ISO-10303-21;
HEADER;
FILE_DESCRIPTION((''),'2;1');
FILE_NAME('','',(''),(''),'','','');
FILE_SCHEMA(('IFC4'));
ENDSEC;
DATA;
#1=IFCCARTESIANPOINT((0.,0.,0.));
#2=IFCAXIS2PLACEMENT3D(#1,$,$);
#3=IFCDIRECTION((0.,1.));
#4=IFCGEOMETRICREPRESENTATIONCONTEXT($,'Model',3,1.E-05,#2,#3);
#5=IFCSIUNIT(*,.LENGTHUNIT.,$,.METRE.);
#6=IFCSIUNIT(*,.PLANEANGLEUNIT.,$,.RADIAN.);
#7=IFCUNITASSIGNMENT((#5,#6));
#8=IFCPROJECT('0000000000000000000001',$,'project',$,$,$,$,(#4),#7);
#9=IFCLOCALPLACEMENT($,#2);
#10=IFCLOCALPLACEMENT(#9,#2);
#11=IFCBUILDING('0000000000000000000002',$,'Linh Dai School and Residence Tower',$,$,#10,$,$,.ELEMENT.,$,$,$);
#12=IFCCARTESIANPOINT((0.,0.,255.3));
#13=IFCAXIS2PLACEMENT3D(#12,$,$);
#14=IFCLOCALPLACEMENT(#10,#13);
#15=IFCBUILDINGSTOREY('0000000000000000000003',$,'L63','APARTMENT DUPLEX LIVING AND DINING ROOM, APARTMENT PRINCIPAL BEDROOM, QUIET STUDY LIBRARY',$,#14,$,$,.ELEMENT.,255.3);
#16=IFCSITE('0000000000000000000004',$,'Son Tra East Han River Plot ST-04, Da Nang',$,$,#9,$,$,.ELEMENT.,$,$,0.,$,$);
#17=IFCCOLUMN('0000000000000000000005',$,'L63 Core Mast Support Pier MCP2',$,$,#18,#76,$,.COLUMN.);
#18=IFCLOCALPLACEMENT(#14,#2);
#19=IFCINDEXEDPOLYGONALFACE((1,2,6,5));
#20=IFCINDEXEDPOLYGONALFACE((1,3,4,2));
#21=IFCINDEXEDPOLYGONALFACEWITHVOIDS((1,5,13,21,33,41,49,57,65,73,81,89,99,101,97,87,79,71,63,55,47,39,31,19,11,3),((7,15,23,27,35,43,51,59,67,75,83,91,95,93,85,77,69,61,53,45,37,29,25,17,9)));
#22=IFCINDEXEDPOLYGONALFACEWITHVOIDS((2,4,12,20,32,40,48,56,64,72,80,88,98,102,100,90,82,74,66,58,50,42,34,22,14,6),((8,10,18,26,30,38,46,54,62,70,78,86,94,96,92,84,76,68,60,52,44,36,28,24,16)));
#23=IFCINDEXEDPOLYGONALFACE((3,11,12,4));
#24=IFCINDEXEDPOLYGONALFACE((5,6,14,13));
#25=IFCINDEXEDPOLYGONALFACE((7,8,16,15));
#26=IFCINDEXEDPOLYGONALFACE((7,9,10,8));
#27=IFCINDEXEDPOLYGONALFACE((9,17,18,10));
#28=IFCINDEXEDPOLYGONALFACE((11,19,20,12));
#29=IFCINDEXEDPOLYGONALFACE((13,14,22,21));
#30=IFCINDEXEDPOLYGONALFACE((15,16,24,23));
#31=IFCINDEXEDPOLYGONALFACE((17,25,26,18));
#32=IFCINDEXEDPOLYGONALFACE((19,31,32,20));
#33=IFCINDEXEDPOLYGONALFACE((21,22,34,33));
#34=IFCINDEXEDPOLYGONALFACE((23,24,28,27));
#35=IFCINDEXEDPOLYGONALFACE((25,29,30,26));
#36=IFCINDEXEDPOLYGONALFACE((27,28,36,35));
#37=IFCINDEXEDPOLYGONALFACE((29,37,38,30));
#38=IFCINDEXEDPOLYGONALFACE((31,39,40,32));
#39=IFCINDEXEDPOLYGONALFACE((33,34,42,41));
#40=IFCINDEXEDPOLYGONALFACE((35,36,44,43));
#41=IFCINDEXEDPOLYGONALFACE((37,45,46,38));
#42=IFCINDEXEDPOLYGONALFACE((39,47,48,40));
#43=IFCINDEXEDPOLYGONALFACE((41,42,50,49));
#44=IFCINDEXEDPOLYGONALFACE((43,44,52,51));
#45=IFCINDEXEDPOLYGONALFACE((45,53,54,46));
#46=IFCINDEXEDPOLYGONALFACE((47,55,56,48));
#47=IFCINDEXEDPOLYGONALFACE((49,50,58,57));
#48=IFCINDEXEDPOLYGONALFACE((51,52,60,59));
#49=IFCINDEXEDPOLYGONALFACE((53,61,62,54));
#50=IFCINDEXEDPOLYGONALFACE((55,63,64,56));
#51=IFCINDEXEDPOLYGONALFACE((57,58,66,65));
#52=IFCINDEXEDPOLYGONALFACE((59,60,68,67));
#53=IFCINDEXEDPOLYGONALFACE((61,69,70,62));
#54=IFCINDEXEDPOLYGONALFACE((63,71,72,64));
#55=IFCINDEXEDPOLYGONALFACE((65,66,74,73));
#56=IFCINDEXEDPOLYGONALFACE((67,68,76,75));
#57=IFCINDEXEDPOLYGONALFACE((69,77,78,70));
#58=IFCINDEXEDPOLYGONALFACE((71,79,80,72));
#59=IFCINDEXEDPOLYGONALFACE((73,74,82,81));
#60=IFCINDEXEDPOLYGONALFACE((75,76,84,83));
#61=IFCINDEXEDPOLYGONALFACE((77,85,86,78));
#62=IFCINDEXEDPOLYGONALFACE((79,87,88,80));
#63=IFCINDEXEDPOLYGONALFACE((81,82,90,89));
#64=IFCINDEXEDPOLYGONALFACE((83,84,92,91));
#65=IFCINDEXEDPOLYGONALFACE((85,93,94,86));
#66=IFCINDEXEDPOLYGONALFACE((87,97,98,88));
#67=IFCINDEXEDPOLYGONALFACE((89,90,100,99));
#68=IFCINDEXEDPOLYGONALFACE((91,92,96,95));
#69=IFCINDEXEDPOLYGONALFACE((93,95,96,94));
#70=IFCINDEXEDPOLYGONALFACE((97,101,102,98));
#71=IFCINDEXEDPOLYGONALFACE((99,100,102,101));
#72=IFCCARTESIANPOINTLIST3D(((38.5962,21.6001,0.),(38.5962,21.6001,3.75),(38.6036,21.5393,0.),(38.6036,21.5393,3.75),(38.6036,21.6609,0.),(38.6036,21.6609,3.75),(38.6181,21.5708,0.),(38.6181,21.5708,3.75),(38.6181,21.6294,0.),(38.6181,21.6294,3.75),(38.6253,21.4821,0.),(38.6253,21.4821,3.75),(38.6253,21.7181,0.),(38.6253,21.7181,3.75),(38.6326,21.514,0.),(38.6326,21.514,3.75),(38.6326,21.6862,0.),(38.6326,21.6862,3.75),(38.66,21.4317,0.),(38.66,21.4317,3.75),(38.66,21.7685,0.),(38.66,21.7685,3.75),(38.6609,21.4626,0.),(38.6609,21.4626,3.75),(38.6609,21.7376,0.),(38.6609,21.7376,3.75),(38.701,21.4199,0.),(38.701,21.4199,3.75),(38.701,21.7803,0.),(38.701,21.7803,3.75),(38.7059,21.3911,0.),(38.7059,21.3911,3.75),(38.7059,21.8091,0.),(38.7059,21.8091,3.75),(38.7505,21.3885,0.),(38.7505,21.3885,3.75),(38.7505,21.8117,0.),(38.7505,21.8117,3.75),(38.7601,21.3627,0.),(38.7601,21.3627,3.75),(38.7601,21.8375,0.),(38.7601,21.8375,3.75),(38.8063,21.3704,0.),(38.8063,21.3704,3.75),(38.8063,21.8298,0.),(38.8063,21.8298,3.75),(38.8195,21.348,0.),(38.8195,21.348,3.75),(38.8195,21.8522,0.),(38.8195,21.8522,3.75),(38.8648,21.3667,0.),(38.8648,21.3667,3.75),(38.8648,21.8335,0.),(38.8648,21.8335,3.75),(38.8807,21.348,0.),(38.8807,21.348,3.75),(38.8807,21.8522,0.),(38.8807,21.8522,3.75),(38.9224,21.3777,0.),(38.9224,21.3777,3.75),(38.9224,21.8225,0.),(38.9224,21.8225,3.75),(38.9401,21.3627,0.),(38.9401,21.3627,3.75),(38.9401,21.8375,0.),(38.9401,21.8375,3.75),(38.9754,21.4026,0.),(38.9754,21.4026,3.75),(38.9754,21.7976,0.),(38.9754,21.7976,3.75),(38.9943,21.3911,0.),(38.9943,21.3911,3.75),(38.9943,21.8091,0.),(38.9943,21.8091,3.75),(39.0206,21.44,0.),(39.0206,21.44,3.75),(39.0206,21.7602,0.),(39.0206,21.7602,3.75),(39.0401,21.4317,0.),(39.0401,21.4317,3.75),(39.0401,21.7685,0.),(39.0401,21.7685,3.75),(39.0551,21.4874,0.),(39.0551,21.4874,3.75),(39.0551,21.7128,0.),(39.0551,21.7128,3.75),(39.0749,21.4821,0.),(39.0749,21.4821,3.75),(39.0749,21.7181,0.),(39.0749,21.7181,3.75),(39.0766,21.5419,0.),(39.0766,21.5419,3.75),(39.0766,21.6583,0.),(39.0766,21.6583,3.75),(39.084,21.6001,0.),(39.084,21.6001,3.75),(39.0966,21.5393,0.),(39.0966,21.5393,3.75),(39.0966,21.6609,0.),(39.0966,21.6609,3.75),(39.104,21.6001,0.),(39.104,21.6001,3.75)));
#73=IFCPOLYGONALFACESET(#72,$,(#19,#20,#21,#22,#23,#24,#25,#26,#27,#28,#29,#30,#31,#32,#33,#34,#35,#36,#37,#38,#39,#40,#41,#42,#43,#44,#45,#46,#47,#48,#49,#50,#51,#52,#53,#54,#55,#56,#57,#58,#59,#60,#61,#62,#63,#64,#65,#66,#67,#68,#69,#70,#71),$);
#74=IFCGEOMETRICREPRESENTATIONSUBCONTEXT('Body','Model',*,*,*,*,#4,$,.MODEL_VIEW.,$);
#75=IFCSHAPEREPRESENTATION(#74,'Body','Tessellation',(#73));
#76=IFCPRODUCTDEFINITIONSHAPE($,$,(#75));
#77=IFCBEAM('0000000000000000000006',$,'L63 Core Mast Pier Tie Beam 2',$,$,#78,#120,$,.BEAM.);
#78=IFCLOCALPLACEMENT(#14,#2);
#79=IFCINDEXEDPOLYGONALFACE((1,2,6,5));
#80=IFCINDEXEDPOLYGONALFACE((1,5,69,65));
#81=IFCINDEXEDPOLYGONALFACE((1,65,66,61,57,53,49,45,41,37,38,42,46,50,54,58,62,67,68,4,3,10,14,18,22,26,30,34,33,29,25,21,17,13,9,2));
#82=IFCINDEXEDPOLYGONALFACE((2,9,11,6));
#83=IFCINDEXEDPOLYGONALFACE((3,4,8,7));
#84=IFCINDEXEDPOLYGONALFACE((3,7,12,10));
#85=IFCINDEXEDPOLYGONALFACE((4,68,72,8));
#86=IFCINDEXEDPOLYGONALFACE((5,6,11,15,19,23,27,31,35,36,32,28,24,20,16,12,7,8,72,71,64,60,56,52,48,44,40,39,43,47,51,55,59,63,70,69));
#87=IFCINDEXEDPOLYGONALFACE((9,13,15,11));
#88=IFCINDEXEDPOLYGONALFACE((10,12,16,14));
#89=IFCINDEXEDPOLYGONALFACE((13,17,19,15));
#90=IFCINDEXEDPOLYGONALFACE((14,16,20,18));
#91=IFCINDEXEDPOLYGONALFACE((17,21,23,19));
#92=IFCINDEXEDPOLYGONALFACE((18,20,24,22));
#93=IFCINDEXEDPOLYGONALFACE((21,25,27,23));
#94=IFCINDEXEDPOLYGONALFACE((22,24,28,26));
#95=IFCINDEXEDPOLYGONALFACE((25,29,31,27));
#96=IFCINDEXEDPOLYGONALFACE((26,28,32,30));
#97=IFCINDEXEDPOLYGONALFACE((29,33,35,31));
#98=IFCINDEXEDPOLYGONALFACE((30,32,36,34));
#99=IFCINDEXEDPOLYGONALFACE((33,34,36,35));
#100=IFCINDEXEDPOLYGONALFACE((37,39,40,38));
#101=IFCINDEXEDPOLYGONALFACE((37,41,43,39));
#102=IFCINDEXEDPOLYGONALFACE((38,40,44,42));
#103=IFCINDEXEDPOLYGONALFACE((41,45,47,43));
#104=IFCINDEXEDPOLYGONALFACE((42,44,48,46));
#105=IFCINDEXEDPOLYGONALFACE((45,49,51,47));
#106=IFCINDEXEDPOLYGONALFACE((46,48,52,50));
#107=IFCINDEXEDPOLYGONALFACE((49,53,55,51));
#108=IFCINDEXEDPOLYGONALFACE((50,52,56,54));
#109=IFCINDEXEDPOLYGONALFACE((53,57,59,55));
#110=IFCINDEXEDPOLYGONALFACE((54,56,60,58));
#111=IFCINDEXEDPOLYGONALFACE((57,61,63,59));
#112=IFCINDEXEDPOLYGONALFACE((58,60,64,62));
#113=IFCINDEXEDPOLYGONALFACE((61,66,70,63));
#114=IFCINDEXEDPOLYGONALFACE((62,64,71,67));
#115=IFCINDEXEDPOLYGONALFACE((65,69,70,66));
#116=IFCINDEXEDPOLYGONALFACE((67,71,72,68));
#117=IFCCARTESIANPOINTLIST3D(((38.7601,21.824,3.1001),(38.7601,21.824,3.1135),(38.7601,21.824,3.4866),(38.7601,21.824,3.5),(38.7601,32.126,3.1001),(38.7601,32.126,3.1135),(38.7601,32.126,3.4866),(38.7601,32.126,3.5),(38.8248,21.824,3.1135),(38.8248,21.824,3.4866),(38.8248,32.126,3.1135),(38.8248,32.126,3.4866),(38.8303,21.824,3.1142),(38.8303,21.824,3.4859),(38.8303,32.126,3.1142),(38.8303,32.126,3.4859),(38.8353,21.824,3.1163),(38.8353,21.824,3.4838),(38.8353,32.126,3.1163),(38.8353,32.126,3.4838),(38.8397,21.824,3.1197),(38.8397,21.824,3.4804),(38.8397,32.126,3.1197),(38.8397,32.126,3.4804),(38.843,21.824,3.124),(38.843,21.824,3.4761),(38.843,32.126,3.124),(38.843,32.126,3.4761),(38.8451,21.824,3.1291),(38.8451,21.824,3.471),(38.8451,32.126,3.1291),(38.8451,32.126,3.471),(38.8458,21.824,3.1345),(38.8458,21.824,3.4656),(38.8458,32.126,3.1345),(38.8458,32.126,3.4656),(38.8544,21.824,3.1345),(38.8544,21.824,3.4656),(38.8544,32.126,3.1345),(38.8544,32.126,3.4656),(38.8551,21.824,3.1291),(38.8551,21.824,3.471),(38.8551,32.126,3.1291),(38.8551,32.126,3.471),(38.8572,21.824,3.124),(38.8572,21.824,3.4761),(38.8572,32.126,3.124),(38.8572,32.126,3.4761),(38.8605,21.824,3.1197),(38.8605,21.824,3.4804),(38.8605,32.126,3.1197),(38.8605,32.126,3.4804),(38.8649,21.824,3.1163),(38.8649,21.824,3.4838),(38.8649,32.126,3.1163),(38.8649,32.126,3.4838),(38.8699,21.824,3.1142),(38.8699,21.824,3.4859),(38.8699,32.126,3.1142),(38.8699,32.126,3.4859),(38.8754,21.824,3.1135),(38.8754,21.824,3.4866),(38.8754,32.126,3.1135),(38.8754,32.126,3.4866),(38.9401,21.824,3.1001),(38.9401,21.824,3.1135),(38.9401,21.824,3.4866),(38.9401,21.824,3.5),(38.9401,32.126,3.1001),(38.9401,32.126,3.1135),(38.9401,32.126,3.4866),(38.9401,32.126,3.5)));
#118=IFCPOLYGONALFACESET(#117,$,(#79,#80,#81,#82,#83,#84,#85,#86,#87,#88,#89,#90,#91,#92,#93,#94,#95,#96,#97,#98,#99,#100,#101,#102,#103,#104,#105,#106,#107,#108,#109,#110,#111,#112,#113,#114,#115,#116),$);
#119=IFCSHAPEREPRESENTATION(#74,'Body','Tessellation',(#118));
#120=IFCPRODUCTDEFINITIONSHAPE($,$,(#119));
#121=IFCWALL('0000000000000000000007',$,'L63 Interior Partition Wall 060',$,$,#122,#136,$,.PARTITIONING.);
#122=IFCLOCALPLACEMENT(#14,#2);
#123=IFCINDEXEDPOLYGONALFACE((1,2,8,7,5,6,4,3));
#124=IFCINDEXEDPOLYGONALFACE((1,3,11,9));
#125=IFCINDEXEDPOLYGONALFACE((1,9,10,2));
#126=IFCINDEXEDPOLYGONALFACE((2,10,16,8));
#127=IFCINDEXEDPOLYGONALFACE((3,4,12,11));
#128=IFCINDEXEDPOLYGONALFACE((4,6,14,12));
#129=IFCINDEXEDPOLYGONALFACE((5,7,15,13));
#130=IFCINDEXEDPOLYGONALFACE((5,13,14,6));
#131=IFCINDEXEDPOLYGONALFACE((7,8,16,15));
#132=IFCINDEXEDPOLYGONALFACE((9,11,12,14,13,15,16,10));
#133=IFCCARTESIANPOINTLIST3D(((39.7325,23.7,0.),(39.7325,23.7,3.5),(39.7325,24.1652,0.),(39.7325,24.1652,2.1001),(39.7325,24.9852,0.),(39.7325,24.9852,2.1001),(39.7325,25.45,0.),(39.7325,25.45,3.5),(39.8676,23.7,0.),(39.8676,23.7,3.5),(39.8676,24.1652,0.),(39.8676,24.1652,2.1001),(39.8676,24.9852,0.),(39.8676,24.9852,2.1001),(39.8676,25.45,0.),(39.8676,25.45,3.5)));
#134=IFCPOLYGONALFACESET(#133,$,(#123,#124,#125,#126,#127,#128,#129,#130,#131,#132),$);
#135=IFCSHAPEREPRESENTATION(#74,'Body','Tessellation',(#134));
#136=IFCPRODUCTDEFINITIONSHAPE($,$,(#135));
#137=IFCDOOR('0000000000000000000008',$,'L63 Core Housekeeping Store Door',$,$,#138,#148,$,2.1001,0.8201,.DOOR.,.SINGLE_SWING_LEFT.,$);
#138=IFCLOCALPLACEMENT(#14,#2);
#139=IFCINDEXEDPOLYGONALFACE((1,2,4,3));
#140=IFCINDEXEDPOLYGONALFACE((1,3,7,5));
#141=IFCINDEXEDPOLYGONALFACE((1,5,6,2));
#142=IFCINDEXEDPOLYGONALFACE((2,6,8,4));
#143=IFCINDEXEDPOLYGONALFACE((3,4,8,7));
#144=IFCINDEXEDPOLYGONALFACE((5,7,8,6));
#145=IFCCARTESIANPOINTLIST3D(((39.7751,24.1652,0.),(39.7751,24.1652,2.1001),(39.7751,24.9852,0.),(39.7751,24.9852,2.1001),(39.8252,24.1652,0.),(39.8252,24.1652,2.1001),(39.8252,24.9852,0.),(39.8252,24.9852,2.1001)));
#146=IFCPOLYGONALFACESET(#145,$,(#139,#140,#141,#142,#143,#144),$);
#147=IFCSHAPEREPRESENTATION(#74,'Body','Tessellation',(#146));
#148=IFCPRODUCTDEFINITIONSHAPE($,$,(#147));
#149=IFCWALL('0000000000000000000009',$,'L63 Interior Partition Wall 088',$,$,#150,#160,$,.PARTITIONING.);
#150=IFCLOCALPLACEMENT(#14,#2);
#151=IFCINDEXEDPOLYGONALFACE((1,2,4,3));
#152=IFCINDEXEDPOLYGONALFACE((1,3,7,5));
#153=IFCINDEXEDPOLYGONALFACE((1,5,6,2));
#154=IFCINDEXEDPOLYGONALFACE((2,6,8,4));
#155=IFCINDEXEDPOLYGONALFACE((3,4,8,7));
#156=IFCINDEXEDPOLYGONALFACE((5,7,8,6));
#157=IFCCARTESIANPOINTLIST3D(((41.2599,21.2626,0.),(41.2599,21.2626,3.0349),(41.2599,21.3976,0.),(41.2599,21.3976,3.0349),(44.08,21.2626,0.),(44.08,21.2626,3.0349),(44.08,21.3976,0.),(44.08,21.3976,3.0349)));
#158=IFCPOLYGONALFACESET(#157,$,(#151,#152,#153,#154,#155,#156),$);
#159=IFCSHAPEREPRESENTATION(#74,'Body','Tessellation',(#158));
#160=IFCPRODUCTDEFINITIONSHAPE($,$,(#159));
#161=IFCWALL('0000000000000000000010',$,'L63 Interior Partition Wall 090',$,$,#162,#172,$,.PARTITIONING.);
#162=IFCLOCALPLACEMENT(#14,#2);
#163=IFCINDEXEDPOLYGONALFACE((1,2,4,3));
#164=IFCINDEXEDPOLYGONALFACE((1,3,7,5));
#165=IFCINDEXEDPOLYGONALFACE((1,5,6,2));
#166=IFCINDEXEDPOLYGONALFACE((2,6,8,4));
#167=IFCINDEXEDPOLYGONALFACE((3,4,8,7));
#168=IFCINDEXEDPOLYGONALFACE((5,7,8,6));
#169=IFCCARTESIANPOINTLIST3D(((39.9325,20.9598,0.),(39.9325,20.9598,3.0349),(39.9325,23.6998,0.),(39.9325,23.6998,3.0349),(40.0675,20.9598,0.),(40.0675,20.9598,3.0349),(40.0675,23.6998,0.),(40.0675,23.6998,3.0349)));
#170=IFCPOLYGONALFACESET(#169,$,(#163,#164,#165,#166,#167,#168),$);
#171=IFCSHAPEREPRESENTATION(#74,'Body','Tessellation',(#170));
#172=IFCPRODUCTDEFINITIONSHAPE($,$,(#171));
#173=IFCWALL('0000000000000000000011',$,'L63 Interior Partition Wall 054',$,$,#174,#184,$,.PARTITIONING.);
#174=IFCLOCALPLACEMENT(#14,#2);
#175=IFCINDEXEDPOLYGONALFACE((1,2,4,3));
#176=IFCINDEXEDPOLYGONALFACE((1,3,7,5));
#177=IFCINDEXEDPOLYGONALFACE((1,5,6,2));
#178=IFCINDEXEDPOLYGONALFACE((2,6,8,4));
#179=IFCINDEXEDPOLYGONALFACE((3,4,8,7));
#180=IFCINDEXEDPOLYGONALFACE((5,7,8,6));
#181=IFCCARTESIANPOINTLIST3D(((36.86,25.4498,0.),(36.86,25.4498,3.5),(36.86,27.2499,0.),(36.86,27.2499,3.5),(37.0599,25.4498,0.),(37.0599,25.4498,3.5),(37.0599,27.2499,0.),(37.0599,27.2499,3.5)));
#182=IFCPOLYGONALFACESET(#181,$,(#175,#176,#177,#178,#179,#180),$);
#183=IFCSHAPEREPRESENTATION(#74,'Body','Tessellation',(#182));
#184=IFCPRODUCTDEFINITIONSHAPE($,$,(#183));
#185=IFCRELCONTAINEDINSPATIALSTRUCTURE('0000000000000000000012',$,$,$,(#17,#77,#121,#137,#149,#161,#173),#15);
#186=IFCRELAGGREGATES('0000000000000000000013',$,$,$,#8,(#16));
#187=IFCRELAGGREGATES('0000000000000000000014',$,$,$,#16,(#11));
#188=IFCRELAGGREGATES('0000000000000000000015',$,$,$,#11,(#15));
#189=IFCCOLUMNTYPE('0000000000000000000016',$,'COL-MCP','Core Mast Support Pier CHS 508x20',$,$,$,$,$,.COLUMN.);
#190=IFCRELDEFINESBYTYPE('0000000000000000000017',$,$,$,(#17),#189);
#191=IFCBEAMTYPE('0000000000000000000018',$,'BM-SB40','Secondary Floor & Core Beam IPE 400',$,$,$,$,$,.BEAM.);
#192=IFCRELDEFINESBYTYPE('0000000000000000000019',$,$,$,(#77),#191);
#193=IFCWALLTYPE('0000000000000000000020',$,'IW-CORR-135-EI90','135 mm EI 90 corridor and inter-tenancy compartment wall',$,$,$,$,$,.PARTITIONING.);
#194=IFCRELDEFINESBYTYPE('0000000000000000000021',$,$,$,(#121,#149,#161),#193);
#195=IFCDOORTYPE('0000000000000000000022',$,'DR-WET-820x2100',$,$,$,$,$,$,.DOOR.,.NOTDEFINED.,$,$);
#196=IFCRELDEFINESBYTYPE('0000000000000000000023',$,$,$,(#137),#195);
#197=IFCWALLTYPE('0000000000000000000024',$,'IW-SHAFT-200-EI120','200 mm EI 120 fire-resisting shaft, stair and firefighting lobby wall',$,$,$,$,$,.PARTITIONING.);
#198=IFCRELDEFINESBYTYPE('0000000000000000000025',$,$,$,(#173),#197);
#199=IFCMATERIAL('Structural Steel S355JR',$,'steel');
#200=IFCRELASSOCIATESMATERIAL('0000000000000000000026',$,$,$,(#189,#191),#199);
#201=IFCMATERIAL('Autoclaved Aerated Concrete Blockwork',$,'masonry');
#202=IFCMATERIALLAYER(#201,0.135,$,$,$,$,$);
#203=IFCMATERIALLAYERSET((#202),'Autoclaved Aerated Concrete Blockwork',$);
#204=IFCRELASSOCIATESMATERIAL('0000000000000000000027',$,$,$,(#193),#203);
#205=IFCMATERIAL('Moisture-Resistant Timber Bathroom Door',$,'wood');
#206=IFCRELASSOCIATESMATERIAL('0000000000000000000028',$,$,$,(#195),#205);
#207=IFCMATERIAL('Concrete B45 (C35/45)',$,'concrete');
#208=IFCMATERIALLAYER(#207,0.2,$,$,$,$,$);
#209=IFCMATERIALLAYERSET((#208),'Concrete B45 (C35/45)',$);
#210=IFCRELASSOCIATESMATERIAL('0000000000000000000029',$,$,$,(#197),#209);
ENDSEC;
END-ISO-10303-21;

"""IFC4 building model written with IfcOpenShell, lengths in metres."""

from ifc_helpers import new_model, si_unit, direction, frame, frame_2d, origin, origin_2d, place, context, subcontext, project, spatial, rectangle, hollow_circle, i_section, extrude, source, transform, mapped, material, layer, layer_set, material_profile, profile_set, type_object, element, fill, save


model = new_model("IFC4")

# Units and contexts
model_context = context("Model", 3, precision=1e-05, world=origin(), true_north=direction((0.0, 1.0)))
body_context = subcontext(model_context, "Body", "Model", "MODEL_VIEW")
ifc_project = project(units=[si_unit("LENGTHUNIT", "METRE"), si_unit("PLANEANGLEUNIT", "RADIAN")], contexts=[model_context])

# Site, building, storey
site_placement = place(None, origin())
site = spatial("IfcSite", under=ifc_project, at=site_placement, Name="Son Tra East Han River Plot ST-04, Da Nang", CompositionType="ELEMENT", RefElevation=0.0)
building_placement = place(site_placement, origin())
building = spatial("IfcBuilding", under=site, at=building_placement, Name="Linh Dai School and Residence Tower", CompositionType="ELEMENT")
storey_placement = place(building_placement, frame((0.0, 0.0, 255.3)))
storey = spatial("IfcBuildingStorey", under=building, at=storey_placement, Name="L63", Description="APARTMENT DUPLEX LIVING AND DINING ROOM, APARTMENT PRINCIPAL BEDROOM, QUIET STUDY LIBRARY", CompositionType="ELEMENT", Elevation=255.3)

# Column
ifc_material_1 = material(Name="Structural Steel S355JR", Category="steel")
ifc_material_profile_1 = material_profile(ifc_material_1, hollow_circle(Radius=0.2539, WallThickness=0.02, at=origin_2d()), Name="CHS 508x20")
ifc_profile_set_1 = profile_set([ifc_material_profile_1], Name="Structural Steel S355JR")
column_type_1 = type_object("IfcColumnType", Name="COL-MCP", Description="Core Mast Support Pier CHS 508x20", PredefinedType="COLUMN", material=ifc_profile_set_1)
column_placement = place(storey_placement, frame((38.8501, 21.6001, 0.0), z_axis=(0.0, 0.0, 1.0), x_axis=(1.0, 0.0, 0.0)))
element("IfcColumn", 1, at=column_placement, inside=storey, type_object=column_type_1, Name="L63 Core Mast Support Pier MCP2", PredefinedType="COLUMN", context=body_context, shape_type="SweptSolid", body=[
    extrude(hollow_circle(Radius=0.2539, WallThickness=0.02, at=origin_2d()), origin(), (0.0, 0.0, 1.0), 3.75),
])

# Beam
ifc_material_profile_2 = material_profile(ifc_material_1, i_section(OverallWidth=0.1799, OverallDepth=0.3999, WebThickness=0.0085, FlangeThickness=0.0134, FilletRadius=0.021, at=origin_2d()), Name="IPE 400")
ifc_profile_set_2 = profile_set([ifc_material_profile_2], Name="Structural Steel S355JR")
beam_type = type_object("IfcBeamType", Name="BM-SB40", Description="Secondary Floor & Core Beam IPE 400", PredefinedType="BEAM", material=ifc_profile_set_2)
beam_placement = place(storey_placement, frame((38.8501, 21.824, 3.3), z_axis=(0.0, 1.0, 0.0), x_axis=(-1.0, 0.0, 0.0)))
element("IfcBeam", 2, at=beam_placement, inside=storey, type_object=beam_type, Name="L63 Core Mast Pier Tie Beam 2", PredefinedType="BEAM", context=body_context, shape_type="SweptSolid", body=[
    extrude(i_section(OverallWidth=0.1799, OverallDepth=0.3999, WebThickness=0.0085, FlangeThickness=0.0134, FilletRadius=0.021, at=origin_2d()), origin(), (0.0, 0.0, 1.0), 10.302),
])

# Wall, opening, door
ifc_material_2 = material(Name="Autoclaved Aerated Concrete Blockwork", Category="masonry")
ifc_layer_1 = layer(ifc_material_2, 0.135)
ifc_layer_set_1 = layer_set([ifc_layer_1], Name="Autoclaved Aerated Concrete Blockwork")
wall_type_1 = type_object("IfcWallType", Name="IW-CORR-135-EI90", Description="135 mm EI 90 corridor and inter-tenancy compartment wall", PredefinedType="PARTITIONING", material=ifc_layer_set_1)
wall_1_placement = place(storey_placement, frame((39.8, 23.7, 0.0), z_axis=(0.0, 0.0, 1.0), x_axis=(0.0, 1.0, 0.0)))
wall_1 = element("IfcWall", 3, at=wall_1_placement, inside=storey, type_object=wall_type_1, Name="L63 Interior Partition Wall 060", PredefinedType="PARTITIONING", context=body_context, shape_type="SweptSolid", body=[
    extrude(rectangle(XDim=1.75, YDim=0.135, at=frame_2d((0.875, 0.0))), origin(), (0.0, 0.0, 1.0), 3.5),
])
opening_placement = place(wall_1_placement, frame((0.4651, 0.0, 0.0)))
opening = element("IfcOpeningElement", 4, at=opening_placement, cuts=wall_1, PredefinedType="OPENING", context=body_context, shape_type="SweptSolid", body=[
    extrude(rectangle(XDim=0.8201, YDim=2.1001, at=origin_2d()), frame((0.4102, 0.0776, 1.05), z_axis=(0.0, -1.0, 0.0), x_axis=(1.0, 0.0, 0.0)), (0.0, 0.0, 1.0), 0.155),
])
ifc_material_3 = material(Name="Moisture-Resistant Timber Bathroom Door", Category="wood")
door_type = type_object("IfcDoorType", Name="DR-WET-820x2100", OperationType="NOTDEFINED", PredefinedType="DOOR", material=ifc_material_3)
shared_shape_1 = source(origin(), body_context, "Body", "SweptSolid", [
    extrude(rectangle(XDim=0.8201, YDim=2.1001, at=origin_2d()), frame((0.4102, 0.0249, 1.05), z_axis=(0.0, -1.0, 0.0), x_axis=(1.0, 0.0, 0.0)), (0.0, 0.0, 1.0), 0.05),
])
door_placement = place(opening_placement, origin())
door = element("IfcDoor", 5, at=door_placement, inside=storey, type_object=door_type, Name="L63 Core Housekeeping Store Door", OperationType="SINGLE_SWING_LEFT", OverallHeight=2.1001, OverallWidth=0.8201, PredefinedType="DOOR", context=body_context, shape_type="MappedRepresentation", body=[
    mapped(shared_shape_1, transform((0.0, 0.0, 0.0), x_axis=(1.0, 0.0, 0.0), y_axis=(0.0, 1.0, 0.0), z_axis=(0.0, 0.0, 1.0), scale=1.0)),
])
fill(opening, door)

# Walls
wall_2_placement = place(storey_placement, frame((44.0801, 21.3301, 0.0), z_axis=(0.0, 0.0, 1.0), x_axis=(-1.0, 0.0, 0.0)))
element("IfcWall", 6, at=wall_2_placement, inside=storey, type_object=wall_type_1, Name="L63 Interior Partition Wall 088", PredefinedType="PARTITIONING", context=body_context, shape_type="SweptSolid", body=[
    extrude(rectangle(XDim=2.8201, YDim=0.135, at=frame_2d((1.4102, 0.0))), origin(), (0.0, 0.0, 1.0), 3.0349),
])
wall_3_placement = place(storey_placement, frame((40.0, 23.7, 0.0), z_axis=(0.0, 0.0, 1.0), x_axis=(0.0, -1.0, 0.0)))
element("IfcWall", 7, at=wall_3_placement, inside=storey, type_object=wall_type_1, Name="L63 Interior Partition Wall 090", PredefinedType="PARTITIONING", context=body_context, shape_type="SweptSolid", body=[
    extrude(rectangle(XDim=2.74, YDim=0.135, at=frame_2d((1.3701, 0.0))), origin(), (0.0, 0.0, 1.0), 3.0349),
])
ifc_material_4 = material(Name="Concrete B45 (C35/45)", Category="concrete")
ifc_layer_2 = layer(ifc_material_4, 0.2)
ifc_layer_set_2 = layer_set([ifc_layer_2], Name="Concrete B45 (C35/45)")
wall_type_2 = type_object("IfcWallType", Name="IW-SHAFT-200-EI120", Description="200 mm EI 120 fire-resisting shaft, stair and firefighting lobby wall", PredefinedType="PARTITIONING", material=ifc_layer_set_2)
for number, where, z_axis, x_axis, name in (
    (8, (36.96, 25.45, 0.0), (0.0, 0.0, 1.0), (0.0, 1.0, 0.0), "L63 Interior Partition Wall 054"),
):
    element("IfcWall", number, at=place(storey_placement, frame(where, z_axis=z_axis, x_axis=x_axis)), inside=storey, type_object=wall_type_2, Name=name, PredefinedType="PARTITIONING", context=body_context, shape_type="SweptSolid", body=[
        extrude(rectangle(XDim=1.8, YDim=0.2, at=frame_2d((0.8999, 0.0))), origin(), (0.0, 0.0, 1.0), 3.5),
    ])

save(model, "model.ifc")
